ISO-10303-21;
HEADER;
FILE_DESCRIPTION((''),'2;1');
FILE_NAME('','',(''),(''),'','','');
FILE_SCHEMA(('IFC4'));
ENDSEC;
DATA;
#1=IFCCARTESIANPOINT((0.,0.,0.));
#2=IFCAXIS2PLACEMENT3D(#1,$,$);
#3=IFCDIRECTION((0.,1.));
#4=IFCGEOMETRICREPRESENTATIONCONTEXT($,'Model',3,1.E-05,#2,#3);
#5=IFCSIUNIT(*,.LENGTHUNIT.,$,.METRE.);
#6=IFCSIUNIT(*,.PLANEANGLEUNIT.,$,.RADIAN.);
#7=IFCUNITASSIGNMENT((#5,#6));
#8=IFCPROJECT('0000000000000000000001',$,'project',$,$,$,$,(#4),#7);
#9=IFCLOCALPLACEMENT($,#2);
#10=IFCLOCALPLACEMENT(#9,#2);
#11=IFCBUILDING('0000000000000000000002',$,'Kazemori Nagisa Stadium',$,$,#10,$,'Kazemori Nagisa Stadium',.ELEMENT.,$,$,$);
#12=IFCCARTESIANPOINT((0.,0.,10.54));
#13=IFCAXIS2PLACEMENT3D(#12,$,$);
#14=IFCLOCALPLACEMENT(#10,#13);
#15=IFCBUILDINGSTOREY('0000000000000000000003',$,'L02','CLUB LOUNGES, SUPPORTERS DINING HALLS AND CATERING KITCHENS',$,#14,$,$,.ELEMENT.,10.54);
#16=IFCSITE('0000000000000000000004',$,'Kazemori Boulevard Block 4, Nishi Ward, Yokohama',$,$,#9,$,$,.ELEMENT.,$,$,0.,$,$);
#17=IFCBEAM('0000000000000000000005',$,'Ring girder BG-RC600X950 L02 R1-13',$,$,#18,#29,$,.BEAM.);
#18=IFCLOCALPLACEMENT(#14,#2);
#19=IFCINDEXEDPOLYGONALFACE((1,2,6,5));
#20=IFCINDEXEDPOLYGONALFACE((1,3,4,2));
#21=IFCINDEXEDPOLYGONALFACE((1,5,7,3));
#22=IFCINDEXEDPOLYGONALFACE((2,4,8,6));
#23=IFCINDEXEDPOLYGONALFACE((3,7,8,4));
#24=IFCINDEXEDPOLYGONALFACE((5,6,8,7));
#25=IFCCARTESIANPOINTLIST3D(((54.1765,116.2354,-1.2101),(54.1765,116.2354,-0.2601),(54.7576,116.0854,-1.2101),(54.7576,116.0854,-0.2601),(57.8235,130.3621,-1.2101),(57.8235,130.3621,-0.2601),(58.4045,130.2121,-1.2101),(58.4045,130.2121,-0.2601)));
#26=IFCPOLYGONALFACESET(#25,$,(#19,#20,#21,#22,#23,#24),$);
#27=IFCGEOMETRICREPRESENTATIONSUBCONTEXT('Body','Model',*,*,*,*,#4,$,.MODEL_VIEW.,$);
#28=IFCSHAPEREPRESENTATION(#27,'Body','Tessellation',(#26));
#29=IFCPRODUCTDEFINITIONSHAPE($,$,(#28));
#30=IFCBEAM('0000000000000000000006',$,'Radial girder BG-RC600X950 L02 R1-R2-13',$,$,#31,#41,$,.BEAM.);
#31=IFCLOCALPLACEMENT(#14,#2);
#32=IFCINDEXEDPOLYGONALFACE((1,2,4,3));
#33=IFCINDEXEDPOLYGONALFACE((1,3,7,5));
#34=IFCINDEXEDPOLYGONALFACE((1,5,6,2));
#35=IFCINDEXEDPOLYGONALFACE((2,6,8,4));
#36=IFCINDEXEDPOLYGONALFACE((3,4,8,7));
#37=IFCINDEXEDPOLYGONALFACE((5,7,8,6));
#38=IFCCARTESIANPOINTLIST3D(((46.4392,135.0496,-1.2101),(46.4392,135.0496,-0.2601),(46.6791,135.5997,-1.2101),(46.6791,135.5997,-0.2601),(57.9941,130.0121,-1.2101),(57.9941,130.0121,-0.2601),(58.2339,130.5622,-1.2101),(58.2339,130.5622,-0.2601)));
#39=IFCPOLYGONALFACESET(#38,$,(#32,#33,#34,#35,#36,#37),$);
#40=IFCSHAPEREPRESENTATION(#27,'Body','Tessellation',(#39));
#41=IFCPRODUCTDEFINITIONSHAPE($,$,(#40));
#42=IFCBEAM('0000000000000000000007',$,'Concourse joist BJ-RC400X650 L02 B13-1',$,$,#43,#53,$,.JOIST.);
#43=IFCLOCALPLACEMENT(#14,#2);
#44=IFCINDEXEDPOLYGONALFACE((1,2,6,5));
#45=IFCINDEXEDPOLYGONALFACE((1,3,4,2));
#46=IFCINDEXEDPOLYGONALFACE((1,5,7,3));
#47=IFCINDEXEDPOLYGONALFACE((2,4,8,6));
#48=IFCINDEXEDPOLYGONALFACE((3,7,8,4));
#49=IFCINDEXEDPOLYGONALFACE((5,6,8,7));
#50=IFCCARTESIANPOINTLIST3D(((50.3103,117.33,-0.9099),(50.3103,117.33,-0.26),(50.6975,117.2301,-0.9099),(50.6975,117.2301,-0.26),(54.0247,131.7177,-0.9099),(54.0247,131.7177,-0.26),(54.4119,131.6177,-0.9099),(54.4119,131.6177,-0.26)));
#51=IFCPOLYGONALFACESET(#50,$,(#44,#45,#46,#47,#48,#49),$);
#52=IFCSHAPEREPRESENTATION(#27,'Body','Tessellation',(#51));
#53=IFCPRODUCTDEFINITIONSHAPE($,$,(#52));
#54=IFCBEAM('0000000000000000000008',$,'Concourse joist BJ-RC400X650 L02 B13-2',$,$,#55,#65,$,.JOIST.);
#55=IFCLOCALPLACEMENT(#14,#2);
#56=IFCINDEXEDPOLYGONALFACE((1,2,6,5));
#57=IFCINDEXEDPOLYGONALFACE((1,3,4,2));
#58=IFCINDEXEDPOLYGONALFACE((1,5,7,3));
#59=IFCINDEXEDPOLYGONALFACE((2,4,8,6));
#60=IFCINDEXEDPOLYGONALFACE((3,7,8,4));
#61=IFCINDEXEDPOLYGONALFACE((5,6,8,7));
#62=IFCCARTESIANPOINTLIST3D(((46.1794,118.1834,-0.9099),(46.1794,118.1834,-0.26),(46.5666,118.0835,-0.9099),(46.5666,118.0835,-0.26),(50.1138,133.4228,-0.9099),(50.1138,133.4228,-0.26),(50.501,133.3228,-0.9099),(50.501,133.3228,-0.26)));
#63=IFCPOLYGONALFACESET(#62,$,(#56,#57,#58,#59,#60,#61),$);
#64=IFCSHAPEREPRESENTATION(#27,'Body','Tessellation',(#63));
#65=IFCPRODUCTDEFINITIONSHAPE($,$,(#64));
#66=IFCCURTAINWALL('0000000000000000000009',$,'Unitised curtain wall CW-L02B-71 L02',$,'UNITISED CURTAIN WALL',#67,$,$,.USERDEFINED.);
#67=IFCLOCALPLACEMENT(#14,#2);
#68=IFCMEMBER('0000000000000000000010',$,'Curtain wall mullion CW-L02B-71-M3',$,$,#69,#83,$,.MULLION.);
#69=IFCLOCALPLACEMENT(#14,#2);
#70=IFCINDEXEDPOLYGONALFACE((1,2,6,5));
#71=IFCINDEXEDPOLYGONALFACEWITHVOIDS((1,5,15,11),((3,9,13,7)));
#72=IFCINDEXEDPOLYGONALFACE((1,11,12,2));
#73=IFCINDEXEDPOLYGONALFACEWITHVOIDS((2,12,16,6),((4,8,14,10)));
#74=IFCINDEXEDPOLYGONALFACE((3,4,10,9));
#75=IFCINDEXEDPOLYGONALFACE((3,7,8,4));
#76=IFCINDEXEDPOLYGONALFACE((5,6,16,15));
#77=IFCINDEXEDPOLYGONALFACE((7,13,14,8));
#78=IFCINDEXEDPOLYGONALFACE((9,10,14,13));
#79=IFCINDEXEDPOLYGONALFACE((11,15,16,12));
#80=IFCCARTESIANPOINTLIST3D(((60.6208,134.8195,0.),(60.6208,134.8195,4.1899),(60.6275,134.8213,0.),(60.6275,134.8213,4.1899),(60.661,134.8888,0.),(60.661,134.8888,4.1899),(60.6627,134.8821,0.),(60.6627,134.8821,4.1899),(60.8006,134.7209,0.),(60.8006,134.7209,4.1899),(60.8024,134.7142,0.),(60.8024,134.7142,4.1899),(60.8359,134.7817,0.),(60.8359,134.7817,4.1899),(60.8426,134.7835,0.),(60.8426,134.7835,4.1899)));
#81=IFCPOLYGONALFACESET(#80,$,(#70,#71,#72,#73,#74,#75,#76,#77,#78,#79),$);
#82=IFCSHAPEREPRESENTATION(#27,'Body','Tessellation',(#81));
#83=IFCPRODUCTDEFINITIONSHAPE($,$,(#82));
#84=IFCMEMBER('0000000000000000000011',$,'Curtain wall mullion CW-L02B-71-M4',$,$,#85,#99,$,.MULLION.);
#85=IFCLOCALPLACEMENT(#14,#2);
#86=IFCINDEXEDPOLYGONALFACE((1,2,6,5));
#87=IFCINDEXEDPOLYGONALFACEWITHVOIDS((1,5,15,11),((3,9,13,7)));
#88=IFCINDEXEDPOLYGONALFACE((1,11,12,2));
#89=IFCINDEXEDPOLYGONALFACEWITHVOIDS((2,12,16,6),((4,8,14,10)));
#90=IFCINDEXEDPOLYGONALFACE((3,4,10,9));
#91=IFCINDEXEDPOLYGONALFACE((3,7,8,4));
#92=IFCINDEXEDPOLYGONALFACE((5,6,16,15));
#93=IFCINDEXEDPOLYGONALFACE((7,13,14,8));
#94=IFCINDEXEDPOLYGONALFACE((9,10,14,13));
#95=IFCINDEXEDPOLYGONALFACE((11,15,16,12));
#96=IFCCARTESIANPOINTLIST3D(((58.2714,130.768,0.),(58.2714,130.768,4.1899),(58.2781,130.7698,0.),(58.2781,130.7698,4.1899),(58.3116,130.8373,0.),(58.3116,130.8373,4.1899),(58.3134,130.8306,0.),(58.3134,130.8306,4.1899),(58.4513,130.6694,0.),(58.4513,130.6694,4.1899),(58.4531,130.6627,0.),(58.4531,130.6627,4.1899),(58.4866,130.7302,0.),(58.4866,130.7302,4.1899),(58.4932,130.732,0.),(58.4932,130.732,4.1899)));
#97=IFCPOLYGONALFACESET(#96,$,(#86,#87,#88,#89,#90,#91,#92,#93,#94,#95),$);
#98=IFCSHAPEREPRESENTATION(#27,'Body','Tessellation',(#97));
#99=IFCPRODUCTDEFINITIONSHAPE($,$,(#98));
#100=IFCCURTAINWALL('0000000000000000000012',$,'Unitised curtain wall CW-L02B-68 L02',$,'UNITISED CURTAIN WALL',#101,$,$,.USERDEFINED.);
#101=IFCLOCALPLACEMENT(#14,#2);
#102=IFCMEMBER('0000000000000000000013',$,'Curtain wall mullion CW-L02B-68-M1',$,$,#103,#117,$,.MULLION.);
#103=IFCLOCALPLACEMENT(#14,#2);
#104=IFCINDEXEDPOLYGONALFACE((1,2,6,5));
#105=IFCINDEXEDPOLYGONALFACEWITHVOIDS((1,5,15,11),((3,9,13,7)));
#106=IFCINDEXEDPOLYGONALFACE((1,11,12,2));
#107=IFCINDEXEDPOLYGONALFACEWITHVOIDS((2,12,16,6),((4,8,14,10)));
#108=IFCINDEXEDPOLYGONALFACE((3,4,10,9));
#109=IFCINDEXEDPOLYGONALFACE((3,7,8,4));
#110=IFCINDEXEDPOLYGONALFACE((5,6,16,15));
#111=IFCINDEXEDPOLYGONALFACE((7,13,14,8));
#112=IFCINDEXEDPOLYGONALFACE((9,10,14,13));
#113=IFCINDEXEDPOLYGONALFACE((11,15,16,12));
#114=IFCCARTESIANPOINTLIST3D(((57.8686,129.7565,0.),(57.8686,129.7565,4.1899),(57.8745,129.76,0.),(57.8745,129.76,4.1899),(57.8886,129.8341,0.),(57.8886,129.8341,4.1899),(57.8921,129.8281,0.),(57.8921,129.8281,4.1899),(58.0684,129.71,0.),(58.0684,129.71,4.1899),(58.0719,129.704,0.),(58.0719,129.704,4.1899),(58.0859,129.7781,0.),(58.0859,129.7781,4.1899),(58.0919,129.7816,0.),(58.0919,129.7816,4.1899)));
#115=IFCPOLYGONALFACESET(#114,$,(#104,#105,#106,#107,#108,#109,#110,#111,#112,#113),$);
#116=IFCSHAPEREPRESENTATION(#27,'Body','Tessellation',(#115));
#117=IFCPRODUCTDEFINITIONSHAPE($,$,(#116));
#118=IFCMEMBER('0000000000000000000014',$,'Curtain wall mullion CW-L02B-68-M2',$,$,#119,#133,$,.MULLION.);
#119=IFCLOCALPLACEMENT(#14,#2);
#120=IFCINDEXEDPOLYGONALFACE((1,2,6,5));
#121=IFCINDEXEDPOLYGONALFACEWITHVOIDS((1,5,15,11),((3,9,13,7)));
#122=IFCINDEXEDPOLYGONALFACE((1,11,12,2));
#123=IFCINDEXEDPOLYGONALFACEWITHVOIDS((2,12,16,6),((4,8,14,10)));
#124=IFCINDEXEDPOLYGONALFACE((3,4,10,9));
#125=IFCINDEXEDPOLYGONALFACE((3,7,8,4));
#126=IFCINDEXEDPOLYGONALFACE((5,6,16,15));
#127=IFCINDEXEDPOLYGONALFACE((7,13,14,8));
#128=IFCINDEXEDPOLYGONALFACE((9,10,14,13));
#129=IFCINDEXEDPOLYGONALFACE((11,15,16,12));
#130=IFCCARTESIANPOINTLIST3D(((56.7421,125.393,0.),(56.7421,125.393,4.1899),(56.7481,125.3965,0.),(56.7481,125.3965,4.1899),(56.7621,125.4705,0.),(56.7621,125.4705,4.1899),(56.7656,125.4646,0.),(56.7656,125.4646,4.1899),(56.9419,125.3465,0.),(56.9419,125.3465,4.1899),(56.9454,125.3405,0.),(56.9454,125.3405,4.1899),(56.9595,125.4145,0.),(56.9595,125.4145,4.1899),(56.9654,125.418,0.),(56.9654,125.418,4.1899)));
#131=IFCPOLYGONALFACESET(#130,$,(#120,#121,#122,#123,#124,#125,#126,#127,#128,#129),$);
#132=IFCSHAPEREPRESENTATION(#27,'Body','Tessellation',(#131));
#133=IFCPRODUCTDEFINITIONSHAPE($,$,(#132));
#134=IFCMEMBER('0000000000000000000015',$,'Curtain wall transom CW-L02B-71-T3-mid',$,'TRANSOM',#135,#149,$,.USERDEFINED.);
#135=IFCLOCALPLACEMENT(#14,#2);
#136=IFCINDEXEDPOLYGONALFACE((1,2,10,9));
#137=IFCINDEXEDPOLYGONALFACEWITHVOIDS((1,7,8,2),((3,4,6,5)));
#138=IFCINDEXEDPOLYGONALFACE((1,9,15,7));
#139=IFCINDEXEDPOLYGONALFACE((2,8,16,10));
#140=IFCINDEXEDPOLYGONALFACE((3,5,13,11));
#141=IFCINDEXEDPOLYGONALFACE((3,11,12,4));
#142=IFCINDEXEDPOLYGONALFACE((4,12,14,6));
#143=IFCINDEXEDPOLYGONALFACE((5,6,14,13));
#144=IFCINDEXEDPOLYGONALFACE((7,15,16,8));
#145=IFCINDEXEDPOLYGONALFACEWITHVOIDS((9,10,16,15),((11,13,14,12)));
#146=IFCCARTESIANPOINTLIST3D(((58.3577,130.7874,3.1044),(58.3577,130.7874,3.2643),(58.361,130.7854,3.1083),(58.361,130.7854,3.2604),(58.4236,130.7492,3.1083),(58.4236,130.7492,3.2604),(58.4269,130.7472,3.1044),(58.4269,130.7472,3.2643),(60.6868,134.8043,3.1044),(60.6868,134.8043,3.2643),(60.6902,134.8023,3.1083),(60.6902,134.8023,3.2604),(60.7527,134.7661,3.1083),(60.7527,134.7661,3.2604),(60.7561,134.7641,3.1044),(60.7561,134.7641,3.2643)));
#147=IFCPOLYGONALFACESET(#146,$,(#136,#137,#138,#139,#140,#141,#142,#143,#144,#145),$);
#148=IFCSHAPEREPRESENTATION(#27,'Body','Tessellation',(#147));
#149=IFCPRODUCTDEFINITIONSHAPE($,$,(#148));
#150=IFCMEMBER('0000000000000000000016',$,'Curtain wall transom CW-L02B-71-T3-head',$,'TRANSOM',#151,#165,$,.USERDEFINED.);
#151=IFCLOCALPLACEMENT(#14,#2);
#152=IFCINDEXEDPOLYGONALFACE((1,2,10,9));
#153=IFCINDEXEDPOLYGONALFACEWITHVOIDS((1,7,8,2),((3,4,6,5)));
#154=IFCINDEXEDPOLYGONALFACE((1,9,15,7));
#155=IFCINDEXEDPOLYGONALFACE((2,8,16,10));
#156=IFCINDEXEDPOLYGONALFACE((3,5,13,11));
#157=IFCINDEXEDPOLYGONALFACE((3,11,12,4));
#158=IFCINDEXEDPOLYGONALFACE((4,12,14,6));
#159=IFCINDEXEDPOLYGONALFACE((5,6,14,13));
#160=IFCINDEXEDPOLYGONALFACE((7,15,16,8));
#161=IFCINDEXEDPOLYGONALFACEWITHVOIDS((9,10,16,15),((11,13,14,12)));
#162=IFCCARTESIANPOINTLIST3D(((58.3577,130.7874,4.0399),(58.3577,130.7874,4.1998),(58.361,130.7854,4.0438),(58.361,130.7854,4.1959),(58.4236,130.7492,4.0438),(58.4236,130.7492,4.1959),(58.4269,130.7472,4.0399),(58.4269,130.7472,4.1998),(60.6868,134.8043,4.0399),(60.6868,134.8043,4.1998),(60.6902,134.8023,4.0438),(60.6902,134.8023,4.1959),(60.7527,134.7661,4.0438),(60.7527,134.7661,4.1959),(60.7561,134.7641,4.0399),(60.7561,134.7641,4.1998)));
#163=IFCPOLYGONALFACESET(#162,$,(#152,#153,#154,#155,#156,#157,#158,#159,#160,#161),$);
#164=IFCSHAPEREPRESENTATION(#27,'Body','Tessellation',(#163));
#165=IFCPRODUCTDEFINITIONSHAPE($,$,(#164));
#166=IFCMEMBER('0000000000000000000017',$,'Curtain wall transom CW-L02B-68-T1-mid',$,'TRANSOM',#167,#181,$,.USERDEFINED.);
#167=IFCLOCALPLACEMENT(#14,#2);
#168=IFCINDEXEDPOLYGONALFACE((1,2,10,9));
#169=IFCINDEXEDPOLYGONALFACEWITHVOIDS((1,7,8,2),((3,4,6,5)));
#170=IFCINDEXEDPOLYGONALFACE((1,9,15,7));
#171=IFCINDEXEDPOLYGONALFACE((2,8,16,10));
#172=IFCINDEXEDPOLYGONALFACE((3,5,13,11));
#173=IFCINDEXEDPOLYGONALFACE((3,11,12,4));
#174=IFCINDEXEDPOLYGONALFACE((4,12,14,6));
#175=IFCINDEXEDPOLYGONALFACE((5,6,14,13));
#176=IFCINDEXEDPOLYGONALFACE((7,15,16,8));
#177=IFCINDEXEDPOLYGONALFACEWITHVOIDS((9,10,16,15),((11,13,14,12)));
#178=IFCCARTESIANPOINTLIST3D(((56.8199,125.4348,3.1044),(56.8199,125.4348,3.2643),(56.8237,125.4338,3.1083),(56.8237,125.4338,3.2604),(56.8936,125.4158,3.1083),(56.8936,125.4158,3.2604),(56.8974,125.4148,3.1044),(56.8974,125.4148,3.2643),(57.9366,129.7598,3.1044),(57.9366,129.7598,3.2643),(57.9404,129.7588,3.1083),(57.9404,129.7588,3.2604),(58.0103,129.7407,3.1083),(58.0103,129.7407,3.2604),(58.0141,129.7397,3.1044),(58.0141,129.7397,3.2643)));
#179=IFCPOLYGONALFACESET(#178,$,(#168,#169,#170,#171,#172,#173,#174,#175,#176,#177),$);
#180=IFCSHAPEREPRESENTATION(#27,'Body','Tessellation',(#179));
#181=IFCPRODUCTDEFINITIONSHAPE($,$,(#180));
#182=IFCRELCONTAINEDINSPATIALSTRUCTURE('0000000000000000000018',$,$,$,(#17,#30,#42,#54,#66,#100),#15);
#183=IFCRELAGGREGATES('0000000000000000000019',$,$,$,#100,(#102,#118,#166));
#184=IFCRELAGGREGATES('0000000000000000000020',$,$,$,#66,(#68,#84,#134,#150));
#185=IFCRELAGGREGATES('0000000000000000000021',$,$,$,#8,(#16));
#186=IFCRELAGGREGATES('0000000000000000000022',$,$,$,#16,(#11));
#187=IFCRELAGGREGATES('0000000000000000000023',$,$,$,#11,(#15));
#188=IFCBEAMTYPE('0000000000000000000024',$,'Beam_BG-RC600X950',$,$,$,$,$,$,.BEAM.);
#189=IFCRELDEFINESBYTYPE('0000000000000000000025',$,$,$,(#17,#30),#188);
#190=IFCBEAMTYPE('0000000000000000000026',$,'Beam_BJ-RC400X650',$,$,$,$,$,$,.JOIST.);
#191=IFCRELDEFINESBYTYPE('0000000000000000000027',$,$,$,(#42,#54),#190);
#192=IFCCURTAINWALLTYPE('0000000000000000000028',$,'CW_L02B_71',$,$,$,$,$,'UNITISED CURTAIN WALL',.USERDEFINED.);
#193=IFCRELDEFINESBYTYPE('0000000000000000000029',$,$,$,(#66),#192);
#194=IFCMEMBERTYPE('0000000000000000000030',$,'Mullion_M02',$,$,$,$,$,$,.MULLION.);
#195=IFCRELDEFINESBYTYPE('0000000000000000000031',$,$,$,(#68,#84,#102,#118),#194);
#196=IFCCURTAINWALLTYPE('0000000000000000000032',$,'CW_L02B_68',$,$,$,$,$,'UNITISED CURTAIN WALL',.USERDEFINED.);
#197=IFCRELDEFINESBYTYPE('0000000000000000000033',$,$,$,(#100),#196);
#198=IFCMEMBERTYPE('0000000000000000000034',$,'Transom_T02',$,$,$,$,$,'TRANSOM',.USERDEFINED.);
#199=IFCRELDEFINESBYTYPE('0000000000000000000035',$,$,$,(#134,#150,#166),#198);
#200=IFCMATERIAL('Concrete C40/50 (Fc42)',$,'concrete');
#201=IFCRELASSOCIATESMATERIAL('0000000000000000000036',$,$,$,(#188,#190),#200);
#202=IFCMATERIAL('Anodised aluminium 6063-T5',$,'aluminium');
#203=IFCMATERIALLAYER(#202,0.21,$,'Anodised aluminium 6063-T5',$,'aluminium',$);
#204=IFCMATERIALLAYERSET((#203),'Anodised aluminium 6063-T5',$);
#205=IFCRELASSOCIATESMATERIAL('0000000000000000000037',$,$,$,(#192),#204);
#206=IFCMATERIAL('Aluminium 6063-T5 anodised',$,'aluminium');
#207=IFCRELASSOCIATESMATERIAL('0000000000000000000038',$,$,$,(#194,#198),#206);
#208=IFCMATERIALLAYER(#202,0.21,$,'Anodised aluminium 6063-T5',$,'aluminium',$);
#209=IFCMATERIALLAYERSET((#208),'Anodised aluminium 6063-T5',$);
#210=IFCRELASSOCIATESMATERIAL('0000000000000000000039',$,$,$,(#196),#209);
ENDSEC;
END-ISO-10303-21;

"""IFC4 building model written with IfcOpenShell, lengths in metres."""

from ifc_helpers import new_model, si_unit, direction, frame, origin, origin_2d, place, context, subcontext, project, spatial, rectangle, hollow_rectangle, extrude, material, layer, layer_set, material_profile, profile_set, type_object, element, aggregate, save


model = new_model("IFC4")

# Units and contexts
model_context = context("Model", 3, precision=1e-05, world=origin(), true_north=direction((0.0, 1.0)))
body_context = subcontext(model_context, "Body", "Model", "MODEL_VIEW")
ifc_project = project(units=[si_unit("LENGTHUNIT", "METRE"), si_unit("PLANEANGLEUNIT", "RADIAN")], contexts=[model_context])

# Site, building, storey
site_placement = place(None, origin())
site = spatial("IfcSite", under=ifc_project, at=site_placement, Name="Kazemori Boulevard Block 4, Nishi Ward, Yokohama", CompositionType="ELEMENT", RefElevation=0.0)
building_placement = place(site_placement, origin())
building = spatial("IfcBuilding", under=site, at=building_placement, Name="Kazemori Nagisa Stadium", LongName="Kazemori Nagisa Stadium", CompositionType="ELEMENT")
storey_placement = place(building_placement, frame((0.0, 0.0, 10.54)))
storey = spatial("IfcBuildingStorey", under=building, at=storey_placement, Name="L02", Description="CLUB LOUNGES, SUPPORTERS DINING HALLS AND CATERING KITCHENS", CompositionType="ELEMENT", Elevation=10.54)

# Shared definitions
ifc_material_1 = material(Name="Concrete C40/50 (Fc42)", Category="concrete")

# Beams
ifc_material_profile_1 = material_profile(ifc_material_1, rectangle(XDim=0.6001, YDim=0.95, at=origin_2d()), Name="RC-BM-600x950")
ifc_profile_set_1 = profile_set([ifc_material_profile_1], Name="Concrete C40/50 (Fc42)")
beam_type_1 = type_object("IfcBeamType", Name="Beam_BG-RC600X950", PredefinedType="BEAM", material=ifc_profile_set_1)
beam_1_placement = place(storey_placement, frame((58.114, 130.2871, -0.7351), z_axis=(-0.249966, -0.968255, 0.0), x_axis=(0.968255, -0.249966, 0.0)))
element("IfcBeam", 1, at=beam_1_placement, inside=storey, type_object=beam_type_1, Name="Ring girder BG-RC600X950 L02 R1-13", PredefinedType="BEAM", context=body_context, shape_type="SweptSolid", body=[
    extrude(rectangle(XDim=0.6001, YDim=0.95, at=origin_2d()), origin(), (0.0, 0.0, 1.0), 14.5898),
])
beam_2_placement = place(storey_placement, frame((58.114, 130.2871, -0.7351), z_axis=(-0.916672, 0.399641, 0.0), x_axis=(-0.399641, -0.916672, 0.0)))
element("IfcBeam", 2, at=beam_2_placement, inside=storey, type_object=beam_type_1, Name="Radial girder BG-RC600X950 L02 R1-R2-13", PredefinedType="BEAM", context=body_context, shape_type="SweptSolid", body=[
    extrude(rectangle(XDim=0.6001, YDim=0.95, at=origin_2d()), origin(), (0.0, 0.0, 1.0), 12.6052),
])
ifc_material_profile_2 = material_profile(ifc_material_1, rectangle(XDim=0.3999, YDim=0.6499, at=origin_2d()), Name="RC-BM-400x650")
ifc_profile_set_2 = profile_set([ifc_material_profile_2], Name="Concrete C40/50 (Fc42)")
beam_type_2 = type_object("IfcBeamType", Name="Beam_BJ-RC400X650", PredefinedType="JOIST", material=ifc_profile_set_2)
beam_3_placement = place(storey_placement, frame((54.2183, 131.6677, -0.585), z_axis=(-0.249966, -0.968254, 0.0), x_axis=(0.968254, -0.249966, 0.0)))
element("IfcBeam", 3, at=beam_3_placement, inside=storey, type_object=beam_type_2, Name="Concourse joist BJ-RC400X650 L02 B13-1", PredefinedType="JOIST", context=body_context, shape_type="SweptSolid", body=[
    extrude(rectangle(XDim=0.3999, YDim=0.6499, at=origin_2d()), origin(), (0.0, 0.0, 1.0), 14.8594),
])
beam_4_placement = place(storey_placement, frame((50.3074, 133.3728, -0.585), z_axis=(-0.249974, -0.968252, 0.0), x_axis=(0.968252, -0.249974, 0.0)))
element("IfcBeam", 4, at=beam_4_placement, inside=storey, type_object=beam_type_2, Name="Concourse joist BJ-RC400X650 L02 B13-2", PredefinedType="JOIST", context=body_context, shape_type="SweptSolid", body=[
    extrude(rectangle(XDim=0.3999, YDim=0.6499, at=origin_2d()), origin(), (0.0, 0.0, 1.0), 15.739),
])

# Curtain walls, members
ifc_material_2 = material(Name="Anodised aluminium 6063-T5", Category="aluminium")
ifc_layer_1 = layer(ifc_material_2, 0.21, Name="Anodised aluminium 6063-T5", Category="aluminium")
ifc_layer_set_1 = layer_set([ifc_layer_1], Name="Anodised aluminium 6063-T5")
curtain_wall_type_1 = type_object("IfcCurtainWallType", Name="CW_L02B_71", ElementType="UNITISED CURTAIN WALL", PredefinedType="USERDEFINED", material=ifc_layer_set_1)
curtain_wall_1_placement = place(storey_placement, origin())
curtain_wall_1 = element("IfcCurtainWall", 5, at=curtain_wall_1_placement, inside=storey, type_object=curtain_wall_type_1, Name="Unitised curtain wall CW-L02B-71 L02", ObjectType="UNITISED CURTAIN WALL", PredefinedType="USERDEFINED")
ifc_material_3 = material(Name="Aluminium 6063-T5 anodised", Category="aluminium")
ifc_material_profile_3 = material_profile(ifc_material_3, hollow_rectangle(XDim=0.0801, YDim=0.21, WallThickness=0.0049, at=origin_2d()), Name="ALU-MULL-80x210x5")
ifc_profile_set_3 = profile_set([ifc_material_profile_3], Name="Aluminium 6063-T5 anodised")
member_type_1 = type_object("IfcMemberType", Name="Mullion_M02", PredefinedType="MULLION", material=ifc_profile_set_3)
member_1_placement = place(storey_placement, frame((60.7317, 134.8015, 0.0), z_axis=(0.0, 0.0, 1.0), x_axis=(-0.501612, -0.865093, 0.0)))
member_1 = element("IfcMember", 6, at=member_1_placement, type_object=member_type_1, Name="Curtain wall mullion CW-L02B-71-M3", PredefinedType="MULLION", context=body_context, shape_type="SweptSolid", body=[
    extrude(hollow_rectangle(XDim=0.0801, YDim=0.21, WallThickness=0.0049, at=origin_2d()), origin(), (0.0, 0.0, 1.0), 4.1899),
])
member_2_placement = place(storey_placement, frame((58.3823, 130.75, 0.0), z_axis=(0.0, 0.0, 1.0), x_axis=(-0.501612, -0.865093, 0.0)))
member_2 = element("IfcMember", 7, at=member_2_placement, type_object=member_type_1, Name="Curtain wall mullion CW-L02B-71-M4", PredefinedType="MULLION", context=body_context, shape_type="SweptSolid", body=[
    extrude(hollow_rectangle(XDim=0.0801, YDim=0.21, WallThickness=0.0049, at=origin_2d()), origin(), (0.0, 0.0, 1.0), 4.1899),
])
ifc_layer_2 = layer(ifc_material_2, 0.21, Name="Anodised aluminium 6063-T5", Category="aluminium")
ifc_layer_set_2 = layer_set([ifc_layer_2], Name="Anodised aluminium 6063-T5")
curtain_wall_type_2 = type_object("IfcCurtainWallType", Name="CW_L02B_68", ElementType="UNITISED CURTAIN WALL", PredefinedType="USERDEFINED", material=ifc_layer_set_2)
curtain_wall_2_placement = place(storey_placement, origin())
curtain_wall_2 = element("IfcCurtainWall", 8, at=curtain_wall_2_placement, inside=storey, type_object=curtain_wall_type_2, Name="Unitised curtain wall CW-L02B-68 L02", ObjectType="UNITISED CURTAIN WALL", PredefinedType="USERDEFINED")
member_3_placement = place(storey_placement, frame((57.9802, 129.769, 0.0), z_axis=(0.0, 0.0, 1.0), x_axis=(-0.249965, -0.968255, 0.0)))
member_3 = element("IfcMember", 9, at=member_3_placement, type_object=member_type_1, Name="Curtain wall mullion CW-L02B-68-M1", PredefinedType="MULLION", context=body_context, shape_type="SweptSolid", body=[
    extrude(hollow_rectangle(XDim=0.0801, YDim=0.21, WallThickness=0.0049, at=origin_2d()), origin(), (0.0, 0.0, 1.0), 4.1899),
])
member_4_placement = place(storey_placement, frame((56.8538, 125.4055, 0.0), z_axis=(0.0, 0.0, 1.0), x_axis=(-0.249965, -0.968255, 0.0)))
member_4 = element("IfcMember", 10, at=member_4_placement, type_object=member_type_1, Name="Curtain wall mullion CW-L02B-68-M2", PredefinedType="MULLION", context=body_context, shape_type="SweptSolid", body=[
    extrude(hollow_rectangle(XDim=0.0801, YDim=0.21, WallThickness=0.0049, at=origin_2d()), origin(), (0.0, 0.0, 1.0), 4.1899),
])

# Members
ifc_material_profile_4 = material_profile(ifc_material_3, hollow_rectangle(XDim=0.0801, YDim=0.1599, WallThickness=0.0039, at=origin_2d()), Name="ALU-TRAN-80x160x4")
ifc_profile_set_4 = profile_set([ifc_material_profile_4], Name="Aluminium 6063-T5 anodised")
member_type_2 = type_object("IfcMemberType", Name="Transom_T02", ElementType="TRANSOM", PredefinedType="USERDEFINED", material=ifc_profile_set_4)
member_5_placement = place(storey_placement, frame((60.7214, 134.7842, 3.1843), z_axis=(-0.50161, -0.865094, 0.0), x_axis=(0.865094, -0.50161, 0.0)))
member_5 = element("IfcMember", 11, at=member_5_placement, type_object=member_type_2, Name="Curtain wall transom CW-L02B-71-T3-mid", ObjectType="TRANSOM", PredefinedType="USERDEFINED", context=body_context, shape_type="SweptSolid", body=[
    extrude(hollow_rectangle(XDim=0.0801, YDim=0.1599, WallThickness=0.0039, at=origin_2d()), origin(), (0.0, 0.0, 1.0), 4.6433),
])
member_6_placement = place(storey_placement, frame((60.7214, 134.7842, 4.1199), z_axis=(-0.50161, -0.865094, 0.0), x_axis=(0.865094, -0.50161, 0.0)))
member_6 = element("IfcMember", 12, at=member_6_placement, type_object=member_type_2, Name="Curtain wall transom CW-L02B-71-T3-head", ObjectType="TRANSOM", PredefinedType="USERDEFINED", context=body_context, shape_type="SweptSolid", body=[
    extrude(hollow_rectangle(XDim=0.0801, YDim=0.1599, WallThickness=0.0039, at=origin_2d()), origin(), (0.0, 0.0, 1.0), 4.6433),
])
member_7_placement = place(storey_placement, frame((57.9753, 129.7498, 3.1843), z_axis=(-0.25, -0.968246, 0.0), x_axis=(0.968246, -0.25, 0.0)))
member_7 = element("IfcMember", 13, at=member_7_placement, type_object=member_type_2, Name="Curtain wall transom CW-L02B-68-T1-mid", ObjectType="TRANSOM", PredefinedType="USERDEFINED", context=body_context, shape_type="SweptSolid", body=[
    extrude(hollow_rectangle(XDim=0.0801, YDim=0.1599, WallThickness=0.0039, at=origin_2d()), origin(), (0.0, 0.0, 1.0), 4.4668),
])

aggregate(curtain_wall_2, [member_3, member_4, member_7])
aggregate(curtain_wall_1, [member_1, member_2, member_5, member_6])

save(model, "model.ifc")
